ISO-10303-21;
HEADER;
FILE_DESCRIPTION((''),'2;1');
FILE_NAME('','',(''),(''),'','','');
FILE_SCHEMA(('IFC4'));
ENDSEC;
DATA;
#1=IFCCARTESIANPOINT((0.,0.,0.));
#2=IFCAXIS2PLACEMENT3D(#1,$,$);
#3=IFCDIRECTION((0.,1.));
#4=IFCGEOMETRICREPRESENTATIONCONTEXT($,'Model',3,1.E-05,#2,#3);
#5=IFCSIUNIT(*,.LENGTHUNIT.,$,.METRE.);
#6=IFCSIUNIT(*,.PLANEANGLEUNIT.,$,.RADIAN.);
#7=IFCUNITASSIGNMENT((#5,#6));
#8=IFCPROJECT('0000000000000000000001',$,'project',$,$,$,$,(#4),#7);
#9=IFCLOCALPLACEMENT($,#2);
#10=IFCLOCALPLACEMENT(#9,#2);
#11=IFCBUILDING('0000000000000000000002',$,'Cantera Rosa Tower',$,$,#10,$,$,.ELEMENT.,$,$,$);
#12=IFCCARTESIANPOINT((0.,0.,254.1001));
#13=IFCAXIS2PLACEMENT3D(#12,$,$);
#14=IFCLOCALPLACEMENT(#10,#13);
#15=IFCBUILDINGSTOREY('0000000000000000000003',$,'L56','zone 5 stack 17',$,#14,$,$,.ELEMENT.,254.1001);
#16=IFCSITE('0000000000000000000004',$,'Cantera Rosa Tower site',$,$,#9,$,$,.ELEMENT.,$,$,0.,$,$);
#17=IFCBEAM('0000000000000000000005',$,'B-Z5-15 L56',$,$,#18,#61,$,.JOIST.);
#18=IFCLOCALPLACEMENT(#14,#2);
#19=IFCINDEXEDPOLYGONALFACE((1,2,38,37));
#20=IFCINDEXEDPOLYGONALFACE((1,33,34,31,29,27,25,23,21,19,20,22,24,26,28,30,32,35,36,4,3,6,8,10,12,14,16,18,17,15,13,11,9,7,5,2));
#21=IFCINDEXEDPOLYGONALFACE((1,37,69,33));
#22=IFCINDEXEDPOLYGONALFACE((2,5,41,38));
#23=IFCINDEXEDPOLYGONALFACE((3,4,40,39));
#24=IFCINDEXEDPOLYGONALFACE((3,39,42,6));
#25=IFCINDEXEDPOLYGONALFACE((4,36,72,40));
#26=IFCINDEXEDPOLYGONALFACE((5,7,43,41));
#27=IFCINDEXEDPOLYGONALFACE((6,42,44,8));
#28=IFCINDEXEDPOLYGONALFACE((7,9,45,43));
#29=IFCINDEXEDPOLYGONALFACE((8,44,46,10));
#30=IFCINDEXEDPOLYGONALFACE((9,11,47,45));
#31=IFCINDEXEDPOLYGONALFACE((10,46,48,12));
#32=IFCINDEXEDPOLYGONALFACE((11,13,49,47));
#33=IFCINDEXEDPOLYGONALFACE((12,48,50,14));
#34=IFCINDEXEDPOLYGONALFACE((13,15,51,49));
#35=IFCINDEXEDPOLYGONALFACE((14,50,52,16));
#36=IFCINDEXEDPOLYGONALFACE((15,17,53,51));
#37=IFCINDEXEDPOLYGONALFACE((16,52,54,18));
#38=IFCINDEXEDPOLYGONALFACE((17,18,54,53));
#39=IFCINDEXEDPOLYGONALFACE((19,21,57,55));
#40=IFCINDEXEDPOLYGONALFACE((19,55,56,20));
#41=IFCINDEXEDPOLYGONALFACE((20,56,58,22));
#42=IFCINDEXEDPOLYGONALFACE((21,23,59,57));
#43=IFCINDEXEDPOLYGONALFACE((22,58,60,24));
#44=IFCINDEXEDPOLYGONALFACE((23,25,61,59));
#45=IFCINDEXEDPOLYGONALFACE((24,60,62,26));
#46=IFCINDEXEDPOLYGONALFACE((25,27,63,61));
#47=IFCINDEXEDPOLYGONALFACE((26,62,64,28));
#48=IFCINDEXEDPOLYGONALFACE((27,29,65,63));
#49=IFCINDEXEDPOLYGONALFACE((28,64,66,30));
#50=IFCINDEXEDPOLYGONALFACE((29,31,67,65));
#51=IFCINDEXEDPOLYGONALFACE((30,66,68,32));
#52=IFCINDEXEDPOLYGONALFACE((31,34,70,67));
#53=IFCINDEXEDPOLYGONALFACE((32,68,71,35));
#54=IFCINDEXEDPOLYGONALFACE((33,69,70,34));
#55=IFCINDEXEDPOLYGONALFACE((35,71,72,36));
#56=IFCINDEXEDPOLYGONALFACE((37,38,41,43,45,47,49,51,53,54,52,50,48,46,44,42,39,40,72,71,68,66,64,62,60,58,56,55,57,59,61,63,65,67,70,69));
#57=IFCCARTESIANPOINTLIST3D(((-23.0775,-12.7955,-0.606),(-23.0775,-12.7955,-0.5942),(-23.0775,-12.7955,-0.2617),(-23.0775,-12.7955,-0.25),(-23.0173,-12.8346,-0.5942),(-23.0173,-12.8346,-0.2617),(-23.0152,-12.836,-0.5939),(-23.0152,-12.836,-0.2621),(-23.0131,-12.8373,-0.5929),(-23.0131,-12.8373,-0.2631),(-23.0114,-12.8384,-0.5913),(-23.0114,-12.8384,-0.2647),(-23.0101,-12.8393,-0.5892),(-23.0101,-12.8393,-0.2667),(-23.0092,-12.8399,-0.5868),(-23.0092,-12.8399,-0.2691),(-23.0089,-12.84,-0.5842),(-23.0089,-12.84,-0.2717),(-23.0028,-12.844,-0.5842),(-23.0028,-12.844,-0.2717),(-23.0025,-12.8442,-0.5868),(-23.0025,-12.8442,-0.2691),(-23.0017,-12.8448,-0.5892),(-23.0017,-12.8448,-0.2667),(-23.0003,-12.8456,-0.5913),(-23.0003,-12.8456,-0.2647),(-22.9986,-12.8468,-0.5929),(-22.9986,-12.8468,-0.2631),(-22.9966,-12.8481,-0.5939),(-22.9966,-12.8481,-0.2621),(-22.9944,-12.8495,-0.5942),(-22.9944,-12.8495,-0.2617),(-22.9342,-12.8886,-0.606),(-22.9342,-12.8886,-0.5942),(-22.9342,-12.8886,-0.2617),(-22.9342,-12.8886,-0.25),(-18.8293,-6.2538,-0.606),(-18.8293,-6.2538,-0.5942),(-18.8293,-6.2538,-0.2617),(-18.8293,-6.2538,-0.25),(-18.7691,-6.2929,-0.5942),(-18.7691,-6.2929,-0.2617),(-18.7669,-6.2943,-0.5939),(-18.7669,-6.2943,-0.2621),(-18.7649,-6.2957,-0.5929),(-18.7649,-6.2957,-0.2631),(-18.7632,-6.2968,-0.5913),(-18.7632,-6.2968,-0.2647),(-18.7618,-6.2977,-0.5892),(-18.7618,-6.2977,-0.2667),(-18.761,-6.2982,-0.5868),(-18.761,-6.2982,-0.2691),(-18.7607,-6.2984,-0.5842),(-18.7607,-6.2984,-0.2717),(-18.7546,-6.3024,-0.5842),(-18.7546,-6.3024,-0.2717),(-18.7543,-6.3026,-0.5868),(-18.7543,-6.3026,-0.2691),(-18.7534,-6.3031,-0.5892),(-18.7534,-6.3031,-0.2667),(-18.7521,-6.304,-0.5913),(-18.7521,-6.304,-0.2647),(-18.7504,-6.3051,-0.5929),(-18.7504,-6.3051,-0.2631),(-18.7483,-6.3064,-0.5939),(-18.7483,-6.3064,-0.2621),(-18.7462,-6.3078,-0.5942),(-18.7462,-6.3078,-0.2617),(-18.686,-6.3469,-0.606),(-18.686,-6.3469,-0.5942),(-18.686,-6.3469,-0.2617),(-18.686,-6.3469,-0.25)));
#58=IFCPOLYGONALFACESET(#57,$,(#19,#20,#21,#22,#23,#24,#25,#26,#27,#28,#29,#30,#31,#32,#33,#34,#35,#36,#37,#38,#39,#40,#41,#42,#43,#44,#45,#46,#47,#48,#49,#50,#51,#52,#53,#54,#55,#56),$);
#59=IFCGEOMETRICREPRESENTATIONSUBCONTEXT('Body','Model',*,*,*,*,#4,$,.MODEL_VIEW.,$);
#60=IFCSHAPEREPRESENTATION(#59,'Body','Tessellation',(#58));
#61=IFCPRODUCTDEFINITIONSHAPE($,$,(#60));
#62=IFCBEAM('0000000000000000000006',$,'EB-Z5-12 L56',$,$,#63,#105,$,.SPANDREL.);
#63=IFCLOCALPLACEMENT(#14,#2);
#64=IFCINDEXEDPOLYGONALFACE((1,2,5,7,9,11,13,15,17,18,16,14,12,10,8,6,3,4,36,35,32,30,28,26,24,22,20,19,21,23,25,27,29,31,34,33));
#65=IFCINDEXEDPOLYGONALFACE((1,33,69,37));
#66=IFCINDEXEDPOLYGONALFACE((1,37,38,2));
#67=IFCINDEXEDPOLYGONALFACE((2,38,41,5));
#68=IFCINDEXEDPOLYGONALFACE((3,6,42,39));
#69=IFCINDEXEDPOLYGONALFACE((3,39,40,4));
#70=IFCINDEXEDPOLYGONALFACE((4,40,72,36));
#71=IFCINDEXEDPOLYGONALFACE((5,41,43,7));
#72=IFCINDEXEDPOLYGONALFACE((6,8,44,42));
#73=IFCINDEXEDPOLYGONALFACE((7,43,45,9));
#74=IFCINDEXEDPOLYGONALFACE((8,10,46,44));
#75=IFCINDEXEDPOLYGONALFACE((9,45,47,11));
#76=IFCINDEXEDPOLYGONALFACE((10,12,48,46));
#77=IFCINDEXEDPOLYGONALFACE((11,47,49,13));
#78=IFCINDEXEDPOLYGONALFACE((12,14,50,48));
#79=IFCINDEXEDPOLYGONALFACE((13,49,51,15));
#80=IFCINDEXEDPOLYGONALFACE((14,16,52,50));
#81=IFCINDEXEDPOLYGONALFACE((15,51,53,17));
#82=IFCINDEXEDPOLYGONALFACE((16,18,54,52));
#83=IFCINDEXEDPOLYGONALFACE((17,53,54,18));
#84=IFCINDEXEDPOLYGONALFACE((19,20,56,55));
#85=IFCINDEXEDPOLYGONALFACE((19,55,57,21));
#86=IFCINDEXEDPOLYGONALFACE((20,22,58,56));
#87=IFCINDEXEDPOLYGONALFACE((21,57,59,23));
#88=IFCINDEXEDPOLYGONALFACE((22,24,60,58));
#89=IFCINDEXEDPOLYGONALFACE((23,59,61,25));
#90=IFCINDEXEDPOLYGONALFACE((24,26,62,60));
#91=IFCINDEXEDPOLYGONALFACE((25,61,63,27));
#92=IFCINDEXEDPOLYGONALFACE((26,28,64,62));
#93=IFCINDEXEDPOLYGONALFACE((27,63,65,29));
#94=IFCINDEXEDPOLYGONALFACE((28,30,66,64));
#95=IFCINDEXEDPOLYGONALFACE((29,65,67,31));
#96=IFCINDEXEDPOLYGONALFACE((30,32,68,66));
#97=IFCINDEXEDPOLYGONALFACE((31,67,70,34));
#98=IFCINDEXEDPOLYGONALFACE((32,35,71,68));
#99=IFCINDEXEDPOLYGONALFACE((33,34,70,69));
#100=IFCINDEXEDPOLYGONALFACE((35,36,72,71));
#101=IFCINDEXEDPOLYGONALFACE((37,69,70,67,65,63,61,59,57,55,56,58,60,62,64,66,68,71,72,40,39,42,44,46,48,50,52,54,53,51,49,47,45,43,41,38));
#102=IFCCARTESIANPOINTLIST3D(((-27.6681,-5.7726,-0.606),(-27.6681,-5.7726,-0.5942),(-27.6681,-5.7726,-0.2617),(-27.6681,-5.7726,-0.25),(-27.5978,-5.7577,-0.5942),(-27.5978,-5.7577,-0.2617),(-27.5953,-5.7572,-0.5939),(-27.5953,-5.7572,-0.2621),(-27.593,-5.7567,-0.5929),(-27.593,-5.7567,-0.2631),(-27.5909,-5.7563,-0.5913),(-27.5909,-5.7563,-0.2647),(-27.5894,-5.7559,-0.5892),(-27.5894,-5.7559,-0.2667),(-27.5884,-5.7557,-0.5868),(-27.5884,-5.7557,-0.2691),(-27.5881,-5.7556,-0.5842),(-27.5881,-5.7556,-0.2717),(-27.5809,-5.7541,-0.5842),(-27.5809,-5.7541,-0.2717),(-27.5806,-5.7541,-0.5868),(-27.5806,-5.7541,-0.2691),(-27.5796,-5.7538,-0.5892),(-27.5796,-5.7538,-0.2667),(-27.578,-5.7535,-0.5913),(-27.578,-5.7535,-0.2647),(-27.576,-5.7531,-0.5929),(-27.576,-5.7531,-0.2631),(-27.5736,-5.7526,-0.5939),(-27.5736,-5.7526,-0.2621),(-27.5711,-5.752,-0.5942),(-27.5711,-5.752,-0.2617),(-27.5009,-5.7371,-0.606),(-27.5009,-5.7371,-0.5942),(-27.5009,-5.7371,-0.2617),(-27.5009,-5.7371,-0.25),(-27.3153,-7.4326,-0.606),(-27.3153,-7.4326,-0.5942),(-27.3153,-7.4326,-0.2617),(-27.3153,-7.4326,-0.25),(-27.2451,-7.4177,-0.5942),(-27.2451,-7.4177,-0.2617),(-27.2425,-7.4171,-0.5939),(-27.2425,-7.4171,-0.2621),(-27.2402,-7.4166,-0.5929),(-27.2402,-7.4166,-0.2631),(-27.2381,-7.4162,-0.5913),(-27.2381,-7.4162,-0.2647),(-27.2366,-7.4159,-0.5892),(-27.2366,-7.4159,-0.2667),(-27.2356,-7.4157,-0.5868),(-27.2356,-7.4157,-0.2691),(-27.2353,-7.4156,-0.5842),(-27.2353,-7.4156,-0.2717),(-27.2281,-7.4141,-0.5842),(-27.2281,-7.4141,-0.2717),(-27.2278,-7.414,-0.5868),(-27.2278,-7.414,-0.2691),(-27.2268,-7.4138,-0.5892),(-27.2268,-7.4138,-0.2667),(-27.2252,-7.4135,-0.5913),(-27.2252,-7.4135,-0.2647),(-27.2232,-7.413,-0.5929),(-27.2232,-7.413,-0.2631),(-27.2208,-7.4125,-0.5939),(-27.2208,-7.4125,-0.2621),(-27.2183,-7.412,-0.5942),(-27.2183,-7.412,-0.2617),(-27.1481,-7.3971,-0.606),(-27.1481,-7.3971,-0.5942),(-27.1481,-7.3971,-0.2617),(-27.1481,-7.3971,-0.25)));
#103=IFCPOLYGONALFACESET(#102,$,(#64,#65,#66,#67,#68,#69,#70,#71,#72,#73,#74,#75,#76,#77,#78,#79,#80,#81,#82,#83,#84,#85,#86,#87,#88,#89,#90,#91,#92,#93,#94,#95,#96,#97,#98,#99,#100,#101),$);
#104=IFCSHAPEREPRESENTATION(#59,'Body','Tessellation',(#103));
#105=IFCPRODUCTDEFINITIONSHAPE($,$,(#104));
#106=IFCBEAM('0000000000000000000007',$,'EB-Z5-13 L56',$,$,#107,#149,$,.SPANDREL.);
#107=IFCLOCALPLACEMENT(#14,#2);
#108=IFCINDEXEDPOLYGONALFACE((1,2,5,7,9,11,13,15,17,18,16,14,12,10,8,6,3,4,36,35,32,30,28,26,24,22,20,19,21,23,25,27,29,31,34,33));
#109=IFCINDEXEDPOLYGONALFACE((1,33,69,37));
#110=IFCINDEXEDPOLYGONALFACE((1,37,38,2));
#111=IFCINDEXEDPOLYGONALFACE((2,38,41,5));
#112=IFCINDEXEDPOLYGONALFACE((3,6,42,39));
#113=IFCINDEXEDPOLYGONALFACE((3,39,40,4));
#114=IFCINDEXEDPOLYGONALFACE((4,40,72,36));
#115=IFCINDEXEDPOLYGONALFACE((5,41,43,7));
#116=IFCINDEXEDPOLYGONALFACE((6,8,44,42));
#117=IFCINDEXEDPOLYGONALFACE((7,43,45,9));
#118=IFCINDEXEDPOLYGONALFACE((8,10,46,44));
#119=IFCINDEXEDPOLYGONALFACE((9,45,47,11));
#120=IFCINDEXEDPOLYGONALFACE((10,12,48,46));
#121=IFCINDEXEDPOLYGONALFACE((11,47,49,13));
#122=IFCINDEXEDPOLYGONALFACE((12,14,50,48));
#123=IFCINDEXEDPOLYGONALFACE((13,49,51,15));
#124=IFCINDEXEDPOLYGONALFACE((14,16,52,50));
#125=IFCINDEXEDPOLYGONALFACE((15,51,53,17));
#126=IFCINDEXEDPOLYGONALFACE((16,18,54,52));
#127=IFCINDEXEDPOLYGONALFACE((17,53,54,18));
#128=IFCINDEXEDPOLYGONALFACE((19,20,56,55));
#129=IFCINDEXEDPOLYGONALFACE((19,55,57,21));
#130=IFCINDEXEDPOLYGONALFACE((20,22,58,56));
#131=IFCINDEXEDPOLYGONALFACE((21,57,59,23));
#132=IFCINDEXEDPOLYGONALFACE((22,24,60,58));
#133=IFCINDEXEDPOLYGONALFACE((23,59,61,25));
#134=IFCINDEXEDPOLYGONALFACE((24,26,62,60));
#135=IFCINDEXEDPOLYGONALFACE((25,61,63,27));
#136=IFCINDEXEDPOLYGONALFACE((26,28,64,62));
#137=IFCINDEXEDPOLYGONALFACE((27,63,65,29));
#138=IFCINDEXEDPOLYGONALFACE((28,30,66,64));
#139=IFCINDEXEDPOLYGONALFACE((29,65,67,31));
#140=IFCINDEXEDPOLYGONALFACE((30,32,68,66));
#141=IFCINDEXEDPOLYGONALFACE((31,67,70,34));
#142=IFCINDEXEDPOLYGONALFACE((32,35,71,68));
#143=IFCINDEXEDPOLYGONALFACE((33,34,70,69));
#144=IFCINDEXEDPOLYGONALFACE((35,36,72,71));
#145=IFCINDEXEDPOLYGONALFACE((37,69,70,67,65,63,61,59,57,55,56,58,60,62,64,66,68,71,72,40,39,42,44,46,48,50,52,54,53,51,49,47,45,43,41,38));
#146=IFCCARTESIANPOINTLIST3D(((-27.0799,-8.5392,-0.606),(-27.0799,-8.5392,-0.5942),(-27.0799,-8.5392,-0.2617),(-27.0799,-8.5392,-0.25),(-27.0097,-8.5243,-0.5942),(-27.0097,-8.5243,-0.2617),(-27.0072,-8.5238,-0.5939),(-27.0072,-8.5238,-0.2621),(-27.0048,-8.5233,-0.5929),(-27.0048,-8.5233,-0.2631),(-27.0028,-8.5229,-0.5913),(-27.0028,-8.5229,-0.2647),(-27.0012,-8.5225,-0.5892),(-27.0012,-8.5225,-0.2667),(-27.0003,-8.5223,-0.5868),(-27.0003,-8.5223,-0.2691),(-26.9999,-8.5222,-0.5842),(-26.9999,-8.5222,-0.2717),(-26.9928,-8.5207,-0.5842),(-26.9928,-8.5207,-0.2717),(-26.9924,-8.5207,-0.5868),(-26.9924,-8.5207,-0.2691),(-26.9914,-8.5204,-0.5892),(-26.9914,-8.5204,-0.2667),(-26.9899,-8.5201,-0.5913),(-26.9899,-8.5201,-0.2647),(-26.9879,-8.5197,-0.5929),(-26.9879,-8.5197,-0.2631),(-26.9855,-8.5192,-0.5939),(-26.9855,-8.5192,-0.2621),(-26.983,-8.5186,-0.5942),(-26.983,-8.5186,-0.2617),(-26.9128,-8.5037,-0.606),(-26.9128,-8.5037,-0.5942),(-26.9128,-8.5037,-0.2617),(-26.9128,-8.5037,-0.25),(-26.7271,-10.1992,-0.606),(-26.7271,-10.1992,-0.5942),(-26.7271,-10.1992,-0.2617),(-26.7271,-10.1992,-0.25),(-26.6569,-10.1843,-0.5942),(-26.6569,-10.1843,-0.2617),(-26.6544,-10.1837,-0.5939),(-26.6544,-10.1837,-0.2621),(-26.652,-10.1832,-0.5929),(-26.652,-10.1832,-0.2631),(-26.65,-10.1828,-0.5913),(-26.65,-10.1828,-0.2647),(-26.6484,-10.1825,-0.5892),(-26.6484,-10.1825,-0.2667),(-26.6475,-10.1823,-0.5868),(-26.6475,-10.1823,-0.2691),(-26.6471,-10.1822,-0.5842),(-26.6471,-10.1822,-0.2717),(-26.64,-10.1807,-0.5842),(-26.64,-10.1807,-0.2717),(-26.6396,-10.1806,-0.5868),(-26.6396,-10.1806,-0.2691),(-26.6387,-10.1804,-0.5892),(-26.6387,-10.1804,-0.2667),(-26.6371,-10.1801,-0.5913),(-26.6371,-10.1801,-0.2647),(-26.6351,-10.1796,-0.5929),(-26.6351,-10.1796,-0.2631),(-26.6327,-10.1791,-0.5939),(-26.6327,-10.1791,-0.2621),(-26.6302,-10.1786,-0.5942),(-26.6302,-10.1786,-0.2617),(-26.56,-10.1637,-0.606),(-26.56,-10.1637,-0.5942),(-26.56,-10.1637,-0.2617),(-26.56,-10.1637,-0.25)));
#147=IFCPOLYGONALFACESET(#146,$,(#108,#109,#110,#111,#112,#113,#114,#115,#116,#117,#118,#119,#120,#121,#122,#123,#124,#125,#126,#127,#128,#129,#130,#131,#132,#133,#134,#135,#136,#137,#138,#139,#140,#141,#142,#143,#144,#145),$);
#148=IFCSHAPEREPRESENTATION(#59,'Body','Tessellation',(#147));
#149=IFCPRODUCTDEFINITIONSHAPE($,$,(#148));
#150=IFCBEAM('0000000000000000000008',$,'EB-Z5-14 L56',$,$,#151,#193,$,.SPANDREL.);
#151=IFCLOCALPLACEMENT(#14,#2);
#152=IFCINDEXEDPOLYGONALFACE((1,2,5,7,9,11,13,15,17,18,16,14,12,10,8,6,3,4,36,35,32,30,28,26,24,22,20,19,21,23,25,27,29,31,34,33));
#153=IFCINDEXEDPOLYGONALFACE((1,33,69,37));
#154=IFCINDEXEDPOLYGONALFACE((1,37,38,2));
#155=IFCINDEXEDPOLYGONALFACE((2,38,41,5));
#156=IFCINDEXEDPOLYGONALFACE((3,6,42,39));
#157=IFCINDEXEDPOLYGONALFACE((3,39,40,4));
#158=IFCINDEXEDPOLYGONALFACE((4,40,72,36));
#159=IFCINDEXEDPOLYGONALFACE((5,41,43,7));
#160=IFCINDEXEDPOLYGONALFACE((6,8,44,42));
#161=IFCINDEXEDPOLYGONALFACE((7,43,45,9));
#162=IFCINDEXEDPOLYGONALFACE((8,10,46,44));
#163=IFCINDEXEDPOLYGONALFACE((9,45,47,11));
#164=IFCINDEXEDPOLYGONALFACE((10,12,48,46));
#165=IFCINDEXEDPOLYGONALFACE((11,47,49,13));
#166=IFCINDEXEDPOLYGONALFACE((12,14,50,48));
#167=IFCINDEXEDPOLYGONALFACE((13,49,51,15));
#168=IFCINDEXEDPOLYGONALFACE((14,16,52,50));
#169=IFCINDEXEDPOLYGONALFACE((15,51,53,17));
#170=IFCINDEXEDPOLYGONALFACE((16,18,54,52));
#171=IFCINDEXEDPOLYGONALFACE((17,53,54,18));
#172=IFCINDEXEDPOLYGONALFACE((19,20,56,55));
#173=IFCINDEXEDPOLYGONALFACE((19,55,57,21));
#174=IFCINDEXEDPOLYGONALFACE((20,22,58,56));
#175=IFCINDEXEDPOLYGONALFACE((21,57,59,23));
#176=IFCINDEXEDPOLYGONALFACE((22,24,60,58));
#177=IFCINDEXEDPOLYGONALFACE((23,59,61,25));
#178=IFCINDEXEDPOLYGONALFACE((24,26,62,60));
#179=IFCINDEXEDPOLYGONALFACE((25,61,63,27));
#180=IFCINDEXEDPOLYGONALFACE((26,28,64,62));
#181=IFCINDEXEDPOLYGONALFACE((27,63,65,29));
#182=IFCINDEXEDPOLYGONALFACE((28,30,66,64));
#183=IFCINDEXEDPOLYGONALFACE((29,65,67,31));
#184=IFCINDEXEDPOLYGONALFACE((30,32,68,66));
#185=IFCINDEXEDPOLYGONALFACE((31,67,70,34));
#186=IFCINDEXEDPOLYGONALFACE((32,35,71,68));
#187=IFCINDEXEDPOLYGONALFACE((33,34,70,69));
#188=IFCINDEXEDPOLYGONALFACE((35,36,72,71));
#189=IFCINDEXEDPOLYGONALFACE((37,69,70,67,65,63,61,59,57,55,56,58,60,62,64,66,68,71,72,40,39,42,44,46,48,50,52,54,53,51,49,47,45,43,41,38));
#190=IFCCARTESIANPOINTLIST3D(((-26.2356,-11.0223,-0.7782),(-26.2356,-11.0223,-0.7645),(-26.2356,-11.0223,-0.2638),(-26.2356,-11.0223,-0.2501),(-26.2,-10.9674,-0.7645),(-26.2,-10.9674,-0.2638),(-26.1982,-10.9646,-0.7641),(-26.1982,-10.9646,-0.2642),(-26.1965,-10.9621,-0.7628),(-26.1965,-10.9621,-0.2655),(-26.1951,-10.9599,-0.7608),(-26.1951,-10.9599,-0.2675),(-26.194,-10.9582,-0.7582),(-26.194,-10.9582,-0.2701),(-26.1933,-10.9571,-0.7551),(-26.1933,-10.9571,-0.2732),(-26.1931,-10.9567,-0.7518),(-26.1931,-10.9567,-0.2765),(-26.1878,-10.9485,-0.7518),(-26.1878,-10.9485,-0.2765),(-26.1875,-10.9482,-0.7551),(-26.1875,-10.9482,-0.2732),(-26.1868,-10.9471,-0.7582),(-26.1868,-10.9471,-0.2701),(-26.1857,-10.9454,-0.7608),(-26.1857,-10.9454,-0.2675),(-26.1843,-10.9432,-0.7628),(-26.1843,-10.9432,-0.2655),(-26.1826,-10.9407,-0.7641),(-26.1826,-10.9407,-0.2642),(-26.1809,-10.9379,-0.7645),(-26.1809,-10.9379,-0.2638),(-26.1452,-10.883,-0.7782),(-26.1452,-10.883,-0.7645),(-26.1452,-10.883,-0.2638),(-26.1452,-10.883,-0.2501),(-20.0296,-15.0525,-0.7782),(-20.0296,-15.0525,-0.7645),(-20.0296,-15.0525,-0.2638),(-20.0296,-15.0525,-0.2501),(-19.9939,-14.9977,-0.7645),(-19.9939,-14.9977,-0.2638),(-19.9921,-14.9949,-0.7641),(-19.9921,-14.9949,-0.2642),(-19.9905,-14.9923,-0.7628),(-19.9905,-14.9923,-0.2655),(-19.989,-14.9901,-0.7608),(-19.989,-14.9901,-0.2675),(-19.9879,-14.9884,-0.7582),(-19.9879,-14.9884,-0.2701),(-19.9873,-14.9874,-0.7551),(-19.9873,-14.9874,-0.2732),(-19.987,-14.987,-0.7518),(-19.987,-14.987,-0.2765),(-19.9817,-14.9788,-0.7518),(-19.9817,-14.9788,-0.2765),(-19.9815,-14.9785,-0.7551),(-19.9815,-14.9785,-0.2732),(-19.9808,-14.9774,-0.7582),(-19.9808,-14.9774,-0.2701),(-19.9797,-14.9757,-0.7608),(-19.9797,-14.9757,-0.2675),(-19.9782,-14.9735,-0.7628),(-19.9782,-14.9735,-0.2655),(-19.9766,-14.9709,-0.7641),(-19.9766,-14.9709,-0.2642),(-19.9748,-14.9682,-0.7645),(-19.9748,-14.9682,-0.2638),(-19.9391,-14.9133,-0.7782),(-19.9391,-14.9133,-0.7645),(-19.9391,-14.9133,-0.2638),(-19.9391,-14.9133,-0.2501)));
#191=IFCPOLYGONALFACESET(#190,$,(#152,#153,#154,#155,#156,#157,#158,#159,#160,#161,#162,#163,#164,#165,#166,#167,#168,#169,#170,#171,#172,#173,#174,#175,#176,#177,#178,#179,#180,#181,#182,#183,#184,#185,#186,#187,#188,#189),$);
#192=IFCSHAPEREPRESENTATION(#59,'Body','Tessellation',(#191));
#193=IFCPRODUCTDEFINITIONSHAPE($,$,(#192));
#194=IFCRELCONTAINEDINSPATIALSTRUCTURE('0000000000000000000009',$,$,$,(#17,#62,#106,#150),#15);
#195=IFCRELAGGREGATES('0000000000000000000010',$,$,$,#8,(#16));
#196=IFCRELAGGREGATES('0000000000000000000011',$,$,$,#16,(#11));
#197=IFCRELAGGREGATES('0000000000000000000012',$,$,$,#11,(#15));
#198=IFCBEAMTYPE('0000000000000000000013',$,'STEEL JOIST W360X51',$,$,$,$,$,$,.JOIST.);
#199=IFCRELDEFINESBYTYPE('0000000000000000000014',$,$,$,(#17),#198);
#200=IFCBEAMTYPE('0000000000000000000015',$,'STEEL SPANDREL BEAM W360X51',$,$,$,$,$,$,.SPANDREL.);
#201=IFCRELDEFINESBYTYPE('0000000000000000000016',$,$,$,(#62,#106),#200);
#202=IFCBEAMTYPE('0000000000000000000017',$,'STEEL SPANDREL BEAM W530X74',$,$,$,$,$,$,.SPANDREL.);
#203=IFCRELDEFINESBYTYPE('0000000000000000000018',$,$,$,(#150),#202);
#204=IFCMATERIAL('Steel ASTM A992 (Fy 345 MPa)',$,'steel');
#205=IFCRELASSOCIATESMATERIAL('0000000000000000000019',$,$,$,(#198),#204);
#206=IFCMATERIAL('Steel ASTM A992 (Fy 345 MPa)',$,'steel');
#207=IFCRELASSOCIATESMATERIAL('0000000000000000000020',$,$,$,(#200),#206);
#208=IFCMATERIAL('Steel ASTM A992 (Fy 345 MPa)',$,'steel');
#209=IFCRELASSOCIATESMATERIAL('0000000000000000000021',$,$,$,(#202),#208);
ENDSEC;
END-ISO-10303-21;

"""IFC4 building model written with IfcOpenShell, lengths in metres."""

from ifc_helpers import new_model, si_unit, direction, frame, origin, origin_2d, place, context, subcontext, project, spatial, i_section, extrude, material, material_profile, profile_set, type_object, element, save


model = new_model("IFC4")

# Units and contexts
model_context = context("Model", 3, precision=1e-05, world=origin(), true_north=direction((0.0, 1.0)))
body_context = subcontext(model_context, "Body", "Model", "MODEL_VIEW")
ifc_project = project(units=[si_unit("LENGTHUNIT", "METRE"), si_unit("PLANEANGLEUNIT", "RADIAN")], contexts=[model_context])

# Site, building, storey
site_placement = place(None, origin())
site = spatial("IfcSite", under=ifc_project, at=site_placement, Name="Cantera Rosa Tower site", CompositionType="ELEMENT", RefElevation=0.0)
building_placement = place(site_placement, origin())
building = spatial("IfcBuilding", under=site, at=building_placement, Name="Cantera Rosa Tower", CompositionType="ELEMENT")
storey_placement = place(building_placement, frame((0.0, 0.0, 254.1001)))
storey = spatial("IfcBuildingStorey", under=building, at=storey_placement, Name="L56", Description="zone 5 stack 17", CompositionType="ELEMENT", Elevation=254.1001)

# Beams
ifc_material_1 = material(Name="Steel ASTM A992 (Fy 345 MPa)", Category="steel")
ifc_material_profile_1 = material_profile(ifc_material_1, i_section(OverallWidth=0.1709, OverallDepth=0.356, WebThickness=0.0073, FlangeThickness=0.0117, FilletRadius=0.01, at=origin_2d()), Name="W360X51")
ifc_profile_set_1 = profile_set([ifc_material_profile_1], Name="Steel ASTM A992 (Fy 345 MPa)")
beam_type_1 = type_object("IfcBeamType", Name="STEEL JOIST W360X51", PredefinedType="JOIST", material=ifc_profile_set_1)
beam_1_placement = place(storey_placement, frame((-23.0059, -12.842, -0.428), z_axis=(0.544642, 0.838669, 0.0), x_axis=(-0.838669, 0.544642, 0.0)))
element("IfcBeam", 1, at=beam_1_placement, inside=storey, type_object=beam_type_1, Name="B-Z5-15 L56", PredefinedType="JOIST", context=body_context, shape_type="SweptSolid", body=[
    extrude(i_section(OverallWidth=0.1709, OverallDepth=0.356, WebThickness=0.0073, FlangeThickness=0.0117, FilletRadius=0.01, at=origin_2d()), origin(), (0.0, 0.0, 1.0), 7.8),
])
ifc_material_2 = material(Name="Steel ASTM A992 (Fy 345 MPa)", Category="steel")
ifc_material_profile_2 = material_profile(ifc_material_2, i_section(OverallWidth=0.1709, OverallDepth=0.356, WebThickness=0.0073, FlangeThickness=0.0117, FilletRadius=0.01, at=origin_2d()), Name="W360X51")
ifc_profile_set_2 = profile_set([ifc_material_profile_2], Name="Steel ASTM A992 (Fy 345 MPa)")
beam_type_2 = type_object("IfcBeamType", Name="STEEL SPANDREL BEAM W360X51", PredefinedType="SPANDREL", material=ifc_profile_set_2)
for number, where, z_axis, x_axis, name in (
    (2, (-27.5845, -5.7549, -0.428), (0.207888, -0.978153, 0.0), (0.978153, 0.207888, 0.0), "EB-Z5-12 L56"),
    (3, (-26.9963, -8.5215, -0.428), (0.207888, -0.978153, 0.0), (0.978153, 0.207888, 0.0), "EB-Z5-13 L56"),
):
    element("IfcBeam", number, at=place(storey_placement, frame(where, z_axis=z_axis, x_axis=x_axis)), inside=storey, type_object=beam_type_2, Name=name, PredefinedType="SPANDREL", context=body_context, shape_type="SweptSolid", body=[
        extrude(i_section(OverallWidth=0.1709, OverallDepth=0.356, WebThickness=0.0073, FlangeThickness=0.0117, FilletRadius=0.01, at=origin_2d()), origin(), (0.0, 0.0, 1.0), 1.697),
    ])
ifc_material_3 = material(Name="Steel ASTM A992 (Fy 345 MPa)", Category="steel")
ifc_material_profile_3 = material_profile(ifc_material_3, i_section(OverallWidth=0.166, OverallDepth=0.5281, WebThickness=0.0098, FlangeThickness=0.0137, FilletRadius=0.0127, at=origin_2d()), Name="W530X74")
ifc_profile_set_3 = profile_set([ifc_material_profile_3], Name="Steel ASTM A992 (Fy 345 MPa)")
beam_type_3 = type_object("IfcBeamType", Name="STEEL SPANDREL BEAM W530X74", PredefinedType="SPANDREL", material=ifc_profile_set_3)
beam_2_placement = place(storey_placement, frame((-26.1904, -10.9526, -0.5142), z_axis=(0.83867, -0.54464, 0.0), x_axis=(0.54464, 0.83867, 0.0)))
element("IfcBeam", 4, at=beam_2_placement, inside=storey, type_object=beam_type_3, Name="EB-Z5-14 L56", PredefinedType="SPANDREL", context=body_context, shape_type="SweptSolid", body=[
    extrude(i_section(OverallWidth=0.166, OverallDepth=0.5281, WebThickness=0.0098, FlangeThickness=0.0137, FilletRadius=0.0127, at=origin_2d()), origin(), (0.0, 0.0, 1.0), 7.3999),
])

save(model, "model.ifc")
